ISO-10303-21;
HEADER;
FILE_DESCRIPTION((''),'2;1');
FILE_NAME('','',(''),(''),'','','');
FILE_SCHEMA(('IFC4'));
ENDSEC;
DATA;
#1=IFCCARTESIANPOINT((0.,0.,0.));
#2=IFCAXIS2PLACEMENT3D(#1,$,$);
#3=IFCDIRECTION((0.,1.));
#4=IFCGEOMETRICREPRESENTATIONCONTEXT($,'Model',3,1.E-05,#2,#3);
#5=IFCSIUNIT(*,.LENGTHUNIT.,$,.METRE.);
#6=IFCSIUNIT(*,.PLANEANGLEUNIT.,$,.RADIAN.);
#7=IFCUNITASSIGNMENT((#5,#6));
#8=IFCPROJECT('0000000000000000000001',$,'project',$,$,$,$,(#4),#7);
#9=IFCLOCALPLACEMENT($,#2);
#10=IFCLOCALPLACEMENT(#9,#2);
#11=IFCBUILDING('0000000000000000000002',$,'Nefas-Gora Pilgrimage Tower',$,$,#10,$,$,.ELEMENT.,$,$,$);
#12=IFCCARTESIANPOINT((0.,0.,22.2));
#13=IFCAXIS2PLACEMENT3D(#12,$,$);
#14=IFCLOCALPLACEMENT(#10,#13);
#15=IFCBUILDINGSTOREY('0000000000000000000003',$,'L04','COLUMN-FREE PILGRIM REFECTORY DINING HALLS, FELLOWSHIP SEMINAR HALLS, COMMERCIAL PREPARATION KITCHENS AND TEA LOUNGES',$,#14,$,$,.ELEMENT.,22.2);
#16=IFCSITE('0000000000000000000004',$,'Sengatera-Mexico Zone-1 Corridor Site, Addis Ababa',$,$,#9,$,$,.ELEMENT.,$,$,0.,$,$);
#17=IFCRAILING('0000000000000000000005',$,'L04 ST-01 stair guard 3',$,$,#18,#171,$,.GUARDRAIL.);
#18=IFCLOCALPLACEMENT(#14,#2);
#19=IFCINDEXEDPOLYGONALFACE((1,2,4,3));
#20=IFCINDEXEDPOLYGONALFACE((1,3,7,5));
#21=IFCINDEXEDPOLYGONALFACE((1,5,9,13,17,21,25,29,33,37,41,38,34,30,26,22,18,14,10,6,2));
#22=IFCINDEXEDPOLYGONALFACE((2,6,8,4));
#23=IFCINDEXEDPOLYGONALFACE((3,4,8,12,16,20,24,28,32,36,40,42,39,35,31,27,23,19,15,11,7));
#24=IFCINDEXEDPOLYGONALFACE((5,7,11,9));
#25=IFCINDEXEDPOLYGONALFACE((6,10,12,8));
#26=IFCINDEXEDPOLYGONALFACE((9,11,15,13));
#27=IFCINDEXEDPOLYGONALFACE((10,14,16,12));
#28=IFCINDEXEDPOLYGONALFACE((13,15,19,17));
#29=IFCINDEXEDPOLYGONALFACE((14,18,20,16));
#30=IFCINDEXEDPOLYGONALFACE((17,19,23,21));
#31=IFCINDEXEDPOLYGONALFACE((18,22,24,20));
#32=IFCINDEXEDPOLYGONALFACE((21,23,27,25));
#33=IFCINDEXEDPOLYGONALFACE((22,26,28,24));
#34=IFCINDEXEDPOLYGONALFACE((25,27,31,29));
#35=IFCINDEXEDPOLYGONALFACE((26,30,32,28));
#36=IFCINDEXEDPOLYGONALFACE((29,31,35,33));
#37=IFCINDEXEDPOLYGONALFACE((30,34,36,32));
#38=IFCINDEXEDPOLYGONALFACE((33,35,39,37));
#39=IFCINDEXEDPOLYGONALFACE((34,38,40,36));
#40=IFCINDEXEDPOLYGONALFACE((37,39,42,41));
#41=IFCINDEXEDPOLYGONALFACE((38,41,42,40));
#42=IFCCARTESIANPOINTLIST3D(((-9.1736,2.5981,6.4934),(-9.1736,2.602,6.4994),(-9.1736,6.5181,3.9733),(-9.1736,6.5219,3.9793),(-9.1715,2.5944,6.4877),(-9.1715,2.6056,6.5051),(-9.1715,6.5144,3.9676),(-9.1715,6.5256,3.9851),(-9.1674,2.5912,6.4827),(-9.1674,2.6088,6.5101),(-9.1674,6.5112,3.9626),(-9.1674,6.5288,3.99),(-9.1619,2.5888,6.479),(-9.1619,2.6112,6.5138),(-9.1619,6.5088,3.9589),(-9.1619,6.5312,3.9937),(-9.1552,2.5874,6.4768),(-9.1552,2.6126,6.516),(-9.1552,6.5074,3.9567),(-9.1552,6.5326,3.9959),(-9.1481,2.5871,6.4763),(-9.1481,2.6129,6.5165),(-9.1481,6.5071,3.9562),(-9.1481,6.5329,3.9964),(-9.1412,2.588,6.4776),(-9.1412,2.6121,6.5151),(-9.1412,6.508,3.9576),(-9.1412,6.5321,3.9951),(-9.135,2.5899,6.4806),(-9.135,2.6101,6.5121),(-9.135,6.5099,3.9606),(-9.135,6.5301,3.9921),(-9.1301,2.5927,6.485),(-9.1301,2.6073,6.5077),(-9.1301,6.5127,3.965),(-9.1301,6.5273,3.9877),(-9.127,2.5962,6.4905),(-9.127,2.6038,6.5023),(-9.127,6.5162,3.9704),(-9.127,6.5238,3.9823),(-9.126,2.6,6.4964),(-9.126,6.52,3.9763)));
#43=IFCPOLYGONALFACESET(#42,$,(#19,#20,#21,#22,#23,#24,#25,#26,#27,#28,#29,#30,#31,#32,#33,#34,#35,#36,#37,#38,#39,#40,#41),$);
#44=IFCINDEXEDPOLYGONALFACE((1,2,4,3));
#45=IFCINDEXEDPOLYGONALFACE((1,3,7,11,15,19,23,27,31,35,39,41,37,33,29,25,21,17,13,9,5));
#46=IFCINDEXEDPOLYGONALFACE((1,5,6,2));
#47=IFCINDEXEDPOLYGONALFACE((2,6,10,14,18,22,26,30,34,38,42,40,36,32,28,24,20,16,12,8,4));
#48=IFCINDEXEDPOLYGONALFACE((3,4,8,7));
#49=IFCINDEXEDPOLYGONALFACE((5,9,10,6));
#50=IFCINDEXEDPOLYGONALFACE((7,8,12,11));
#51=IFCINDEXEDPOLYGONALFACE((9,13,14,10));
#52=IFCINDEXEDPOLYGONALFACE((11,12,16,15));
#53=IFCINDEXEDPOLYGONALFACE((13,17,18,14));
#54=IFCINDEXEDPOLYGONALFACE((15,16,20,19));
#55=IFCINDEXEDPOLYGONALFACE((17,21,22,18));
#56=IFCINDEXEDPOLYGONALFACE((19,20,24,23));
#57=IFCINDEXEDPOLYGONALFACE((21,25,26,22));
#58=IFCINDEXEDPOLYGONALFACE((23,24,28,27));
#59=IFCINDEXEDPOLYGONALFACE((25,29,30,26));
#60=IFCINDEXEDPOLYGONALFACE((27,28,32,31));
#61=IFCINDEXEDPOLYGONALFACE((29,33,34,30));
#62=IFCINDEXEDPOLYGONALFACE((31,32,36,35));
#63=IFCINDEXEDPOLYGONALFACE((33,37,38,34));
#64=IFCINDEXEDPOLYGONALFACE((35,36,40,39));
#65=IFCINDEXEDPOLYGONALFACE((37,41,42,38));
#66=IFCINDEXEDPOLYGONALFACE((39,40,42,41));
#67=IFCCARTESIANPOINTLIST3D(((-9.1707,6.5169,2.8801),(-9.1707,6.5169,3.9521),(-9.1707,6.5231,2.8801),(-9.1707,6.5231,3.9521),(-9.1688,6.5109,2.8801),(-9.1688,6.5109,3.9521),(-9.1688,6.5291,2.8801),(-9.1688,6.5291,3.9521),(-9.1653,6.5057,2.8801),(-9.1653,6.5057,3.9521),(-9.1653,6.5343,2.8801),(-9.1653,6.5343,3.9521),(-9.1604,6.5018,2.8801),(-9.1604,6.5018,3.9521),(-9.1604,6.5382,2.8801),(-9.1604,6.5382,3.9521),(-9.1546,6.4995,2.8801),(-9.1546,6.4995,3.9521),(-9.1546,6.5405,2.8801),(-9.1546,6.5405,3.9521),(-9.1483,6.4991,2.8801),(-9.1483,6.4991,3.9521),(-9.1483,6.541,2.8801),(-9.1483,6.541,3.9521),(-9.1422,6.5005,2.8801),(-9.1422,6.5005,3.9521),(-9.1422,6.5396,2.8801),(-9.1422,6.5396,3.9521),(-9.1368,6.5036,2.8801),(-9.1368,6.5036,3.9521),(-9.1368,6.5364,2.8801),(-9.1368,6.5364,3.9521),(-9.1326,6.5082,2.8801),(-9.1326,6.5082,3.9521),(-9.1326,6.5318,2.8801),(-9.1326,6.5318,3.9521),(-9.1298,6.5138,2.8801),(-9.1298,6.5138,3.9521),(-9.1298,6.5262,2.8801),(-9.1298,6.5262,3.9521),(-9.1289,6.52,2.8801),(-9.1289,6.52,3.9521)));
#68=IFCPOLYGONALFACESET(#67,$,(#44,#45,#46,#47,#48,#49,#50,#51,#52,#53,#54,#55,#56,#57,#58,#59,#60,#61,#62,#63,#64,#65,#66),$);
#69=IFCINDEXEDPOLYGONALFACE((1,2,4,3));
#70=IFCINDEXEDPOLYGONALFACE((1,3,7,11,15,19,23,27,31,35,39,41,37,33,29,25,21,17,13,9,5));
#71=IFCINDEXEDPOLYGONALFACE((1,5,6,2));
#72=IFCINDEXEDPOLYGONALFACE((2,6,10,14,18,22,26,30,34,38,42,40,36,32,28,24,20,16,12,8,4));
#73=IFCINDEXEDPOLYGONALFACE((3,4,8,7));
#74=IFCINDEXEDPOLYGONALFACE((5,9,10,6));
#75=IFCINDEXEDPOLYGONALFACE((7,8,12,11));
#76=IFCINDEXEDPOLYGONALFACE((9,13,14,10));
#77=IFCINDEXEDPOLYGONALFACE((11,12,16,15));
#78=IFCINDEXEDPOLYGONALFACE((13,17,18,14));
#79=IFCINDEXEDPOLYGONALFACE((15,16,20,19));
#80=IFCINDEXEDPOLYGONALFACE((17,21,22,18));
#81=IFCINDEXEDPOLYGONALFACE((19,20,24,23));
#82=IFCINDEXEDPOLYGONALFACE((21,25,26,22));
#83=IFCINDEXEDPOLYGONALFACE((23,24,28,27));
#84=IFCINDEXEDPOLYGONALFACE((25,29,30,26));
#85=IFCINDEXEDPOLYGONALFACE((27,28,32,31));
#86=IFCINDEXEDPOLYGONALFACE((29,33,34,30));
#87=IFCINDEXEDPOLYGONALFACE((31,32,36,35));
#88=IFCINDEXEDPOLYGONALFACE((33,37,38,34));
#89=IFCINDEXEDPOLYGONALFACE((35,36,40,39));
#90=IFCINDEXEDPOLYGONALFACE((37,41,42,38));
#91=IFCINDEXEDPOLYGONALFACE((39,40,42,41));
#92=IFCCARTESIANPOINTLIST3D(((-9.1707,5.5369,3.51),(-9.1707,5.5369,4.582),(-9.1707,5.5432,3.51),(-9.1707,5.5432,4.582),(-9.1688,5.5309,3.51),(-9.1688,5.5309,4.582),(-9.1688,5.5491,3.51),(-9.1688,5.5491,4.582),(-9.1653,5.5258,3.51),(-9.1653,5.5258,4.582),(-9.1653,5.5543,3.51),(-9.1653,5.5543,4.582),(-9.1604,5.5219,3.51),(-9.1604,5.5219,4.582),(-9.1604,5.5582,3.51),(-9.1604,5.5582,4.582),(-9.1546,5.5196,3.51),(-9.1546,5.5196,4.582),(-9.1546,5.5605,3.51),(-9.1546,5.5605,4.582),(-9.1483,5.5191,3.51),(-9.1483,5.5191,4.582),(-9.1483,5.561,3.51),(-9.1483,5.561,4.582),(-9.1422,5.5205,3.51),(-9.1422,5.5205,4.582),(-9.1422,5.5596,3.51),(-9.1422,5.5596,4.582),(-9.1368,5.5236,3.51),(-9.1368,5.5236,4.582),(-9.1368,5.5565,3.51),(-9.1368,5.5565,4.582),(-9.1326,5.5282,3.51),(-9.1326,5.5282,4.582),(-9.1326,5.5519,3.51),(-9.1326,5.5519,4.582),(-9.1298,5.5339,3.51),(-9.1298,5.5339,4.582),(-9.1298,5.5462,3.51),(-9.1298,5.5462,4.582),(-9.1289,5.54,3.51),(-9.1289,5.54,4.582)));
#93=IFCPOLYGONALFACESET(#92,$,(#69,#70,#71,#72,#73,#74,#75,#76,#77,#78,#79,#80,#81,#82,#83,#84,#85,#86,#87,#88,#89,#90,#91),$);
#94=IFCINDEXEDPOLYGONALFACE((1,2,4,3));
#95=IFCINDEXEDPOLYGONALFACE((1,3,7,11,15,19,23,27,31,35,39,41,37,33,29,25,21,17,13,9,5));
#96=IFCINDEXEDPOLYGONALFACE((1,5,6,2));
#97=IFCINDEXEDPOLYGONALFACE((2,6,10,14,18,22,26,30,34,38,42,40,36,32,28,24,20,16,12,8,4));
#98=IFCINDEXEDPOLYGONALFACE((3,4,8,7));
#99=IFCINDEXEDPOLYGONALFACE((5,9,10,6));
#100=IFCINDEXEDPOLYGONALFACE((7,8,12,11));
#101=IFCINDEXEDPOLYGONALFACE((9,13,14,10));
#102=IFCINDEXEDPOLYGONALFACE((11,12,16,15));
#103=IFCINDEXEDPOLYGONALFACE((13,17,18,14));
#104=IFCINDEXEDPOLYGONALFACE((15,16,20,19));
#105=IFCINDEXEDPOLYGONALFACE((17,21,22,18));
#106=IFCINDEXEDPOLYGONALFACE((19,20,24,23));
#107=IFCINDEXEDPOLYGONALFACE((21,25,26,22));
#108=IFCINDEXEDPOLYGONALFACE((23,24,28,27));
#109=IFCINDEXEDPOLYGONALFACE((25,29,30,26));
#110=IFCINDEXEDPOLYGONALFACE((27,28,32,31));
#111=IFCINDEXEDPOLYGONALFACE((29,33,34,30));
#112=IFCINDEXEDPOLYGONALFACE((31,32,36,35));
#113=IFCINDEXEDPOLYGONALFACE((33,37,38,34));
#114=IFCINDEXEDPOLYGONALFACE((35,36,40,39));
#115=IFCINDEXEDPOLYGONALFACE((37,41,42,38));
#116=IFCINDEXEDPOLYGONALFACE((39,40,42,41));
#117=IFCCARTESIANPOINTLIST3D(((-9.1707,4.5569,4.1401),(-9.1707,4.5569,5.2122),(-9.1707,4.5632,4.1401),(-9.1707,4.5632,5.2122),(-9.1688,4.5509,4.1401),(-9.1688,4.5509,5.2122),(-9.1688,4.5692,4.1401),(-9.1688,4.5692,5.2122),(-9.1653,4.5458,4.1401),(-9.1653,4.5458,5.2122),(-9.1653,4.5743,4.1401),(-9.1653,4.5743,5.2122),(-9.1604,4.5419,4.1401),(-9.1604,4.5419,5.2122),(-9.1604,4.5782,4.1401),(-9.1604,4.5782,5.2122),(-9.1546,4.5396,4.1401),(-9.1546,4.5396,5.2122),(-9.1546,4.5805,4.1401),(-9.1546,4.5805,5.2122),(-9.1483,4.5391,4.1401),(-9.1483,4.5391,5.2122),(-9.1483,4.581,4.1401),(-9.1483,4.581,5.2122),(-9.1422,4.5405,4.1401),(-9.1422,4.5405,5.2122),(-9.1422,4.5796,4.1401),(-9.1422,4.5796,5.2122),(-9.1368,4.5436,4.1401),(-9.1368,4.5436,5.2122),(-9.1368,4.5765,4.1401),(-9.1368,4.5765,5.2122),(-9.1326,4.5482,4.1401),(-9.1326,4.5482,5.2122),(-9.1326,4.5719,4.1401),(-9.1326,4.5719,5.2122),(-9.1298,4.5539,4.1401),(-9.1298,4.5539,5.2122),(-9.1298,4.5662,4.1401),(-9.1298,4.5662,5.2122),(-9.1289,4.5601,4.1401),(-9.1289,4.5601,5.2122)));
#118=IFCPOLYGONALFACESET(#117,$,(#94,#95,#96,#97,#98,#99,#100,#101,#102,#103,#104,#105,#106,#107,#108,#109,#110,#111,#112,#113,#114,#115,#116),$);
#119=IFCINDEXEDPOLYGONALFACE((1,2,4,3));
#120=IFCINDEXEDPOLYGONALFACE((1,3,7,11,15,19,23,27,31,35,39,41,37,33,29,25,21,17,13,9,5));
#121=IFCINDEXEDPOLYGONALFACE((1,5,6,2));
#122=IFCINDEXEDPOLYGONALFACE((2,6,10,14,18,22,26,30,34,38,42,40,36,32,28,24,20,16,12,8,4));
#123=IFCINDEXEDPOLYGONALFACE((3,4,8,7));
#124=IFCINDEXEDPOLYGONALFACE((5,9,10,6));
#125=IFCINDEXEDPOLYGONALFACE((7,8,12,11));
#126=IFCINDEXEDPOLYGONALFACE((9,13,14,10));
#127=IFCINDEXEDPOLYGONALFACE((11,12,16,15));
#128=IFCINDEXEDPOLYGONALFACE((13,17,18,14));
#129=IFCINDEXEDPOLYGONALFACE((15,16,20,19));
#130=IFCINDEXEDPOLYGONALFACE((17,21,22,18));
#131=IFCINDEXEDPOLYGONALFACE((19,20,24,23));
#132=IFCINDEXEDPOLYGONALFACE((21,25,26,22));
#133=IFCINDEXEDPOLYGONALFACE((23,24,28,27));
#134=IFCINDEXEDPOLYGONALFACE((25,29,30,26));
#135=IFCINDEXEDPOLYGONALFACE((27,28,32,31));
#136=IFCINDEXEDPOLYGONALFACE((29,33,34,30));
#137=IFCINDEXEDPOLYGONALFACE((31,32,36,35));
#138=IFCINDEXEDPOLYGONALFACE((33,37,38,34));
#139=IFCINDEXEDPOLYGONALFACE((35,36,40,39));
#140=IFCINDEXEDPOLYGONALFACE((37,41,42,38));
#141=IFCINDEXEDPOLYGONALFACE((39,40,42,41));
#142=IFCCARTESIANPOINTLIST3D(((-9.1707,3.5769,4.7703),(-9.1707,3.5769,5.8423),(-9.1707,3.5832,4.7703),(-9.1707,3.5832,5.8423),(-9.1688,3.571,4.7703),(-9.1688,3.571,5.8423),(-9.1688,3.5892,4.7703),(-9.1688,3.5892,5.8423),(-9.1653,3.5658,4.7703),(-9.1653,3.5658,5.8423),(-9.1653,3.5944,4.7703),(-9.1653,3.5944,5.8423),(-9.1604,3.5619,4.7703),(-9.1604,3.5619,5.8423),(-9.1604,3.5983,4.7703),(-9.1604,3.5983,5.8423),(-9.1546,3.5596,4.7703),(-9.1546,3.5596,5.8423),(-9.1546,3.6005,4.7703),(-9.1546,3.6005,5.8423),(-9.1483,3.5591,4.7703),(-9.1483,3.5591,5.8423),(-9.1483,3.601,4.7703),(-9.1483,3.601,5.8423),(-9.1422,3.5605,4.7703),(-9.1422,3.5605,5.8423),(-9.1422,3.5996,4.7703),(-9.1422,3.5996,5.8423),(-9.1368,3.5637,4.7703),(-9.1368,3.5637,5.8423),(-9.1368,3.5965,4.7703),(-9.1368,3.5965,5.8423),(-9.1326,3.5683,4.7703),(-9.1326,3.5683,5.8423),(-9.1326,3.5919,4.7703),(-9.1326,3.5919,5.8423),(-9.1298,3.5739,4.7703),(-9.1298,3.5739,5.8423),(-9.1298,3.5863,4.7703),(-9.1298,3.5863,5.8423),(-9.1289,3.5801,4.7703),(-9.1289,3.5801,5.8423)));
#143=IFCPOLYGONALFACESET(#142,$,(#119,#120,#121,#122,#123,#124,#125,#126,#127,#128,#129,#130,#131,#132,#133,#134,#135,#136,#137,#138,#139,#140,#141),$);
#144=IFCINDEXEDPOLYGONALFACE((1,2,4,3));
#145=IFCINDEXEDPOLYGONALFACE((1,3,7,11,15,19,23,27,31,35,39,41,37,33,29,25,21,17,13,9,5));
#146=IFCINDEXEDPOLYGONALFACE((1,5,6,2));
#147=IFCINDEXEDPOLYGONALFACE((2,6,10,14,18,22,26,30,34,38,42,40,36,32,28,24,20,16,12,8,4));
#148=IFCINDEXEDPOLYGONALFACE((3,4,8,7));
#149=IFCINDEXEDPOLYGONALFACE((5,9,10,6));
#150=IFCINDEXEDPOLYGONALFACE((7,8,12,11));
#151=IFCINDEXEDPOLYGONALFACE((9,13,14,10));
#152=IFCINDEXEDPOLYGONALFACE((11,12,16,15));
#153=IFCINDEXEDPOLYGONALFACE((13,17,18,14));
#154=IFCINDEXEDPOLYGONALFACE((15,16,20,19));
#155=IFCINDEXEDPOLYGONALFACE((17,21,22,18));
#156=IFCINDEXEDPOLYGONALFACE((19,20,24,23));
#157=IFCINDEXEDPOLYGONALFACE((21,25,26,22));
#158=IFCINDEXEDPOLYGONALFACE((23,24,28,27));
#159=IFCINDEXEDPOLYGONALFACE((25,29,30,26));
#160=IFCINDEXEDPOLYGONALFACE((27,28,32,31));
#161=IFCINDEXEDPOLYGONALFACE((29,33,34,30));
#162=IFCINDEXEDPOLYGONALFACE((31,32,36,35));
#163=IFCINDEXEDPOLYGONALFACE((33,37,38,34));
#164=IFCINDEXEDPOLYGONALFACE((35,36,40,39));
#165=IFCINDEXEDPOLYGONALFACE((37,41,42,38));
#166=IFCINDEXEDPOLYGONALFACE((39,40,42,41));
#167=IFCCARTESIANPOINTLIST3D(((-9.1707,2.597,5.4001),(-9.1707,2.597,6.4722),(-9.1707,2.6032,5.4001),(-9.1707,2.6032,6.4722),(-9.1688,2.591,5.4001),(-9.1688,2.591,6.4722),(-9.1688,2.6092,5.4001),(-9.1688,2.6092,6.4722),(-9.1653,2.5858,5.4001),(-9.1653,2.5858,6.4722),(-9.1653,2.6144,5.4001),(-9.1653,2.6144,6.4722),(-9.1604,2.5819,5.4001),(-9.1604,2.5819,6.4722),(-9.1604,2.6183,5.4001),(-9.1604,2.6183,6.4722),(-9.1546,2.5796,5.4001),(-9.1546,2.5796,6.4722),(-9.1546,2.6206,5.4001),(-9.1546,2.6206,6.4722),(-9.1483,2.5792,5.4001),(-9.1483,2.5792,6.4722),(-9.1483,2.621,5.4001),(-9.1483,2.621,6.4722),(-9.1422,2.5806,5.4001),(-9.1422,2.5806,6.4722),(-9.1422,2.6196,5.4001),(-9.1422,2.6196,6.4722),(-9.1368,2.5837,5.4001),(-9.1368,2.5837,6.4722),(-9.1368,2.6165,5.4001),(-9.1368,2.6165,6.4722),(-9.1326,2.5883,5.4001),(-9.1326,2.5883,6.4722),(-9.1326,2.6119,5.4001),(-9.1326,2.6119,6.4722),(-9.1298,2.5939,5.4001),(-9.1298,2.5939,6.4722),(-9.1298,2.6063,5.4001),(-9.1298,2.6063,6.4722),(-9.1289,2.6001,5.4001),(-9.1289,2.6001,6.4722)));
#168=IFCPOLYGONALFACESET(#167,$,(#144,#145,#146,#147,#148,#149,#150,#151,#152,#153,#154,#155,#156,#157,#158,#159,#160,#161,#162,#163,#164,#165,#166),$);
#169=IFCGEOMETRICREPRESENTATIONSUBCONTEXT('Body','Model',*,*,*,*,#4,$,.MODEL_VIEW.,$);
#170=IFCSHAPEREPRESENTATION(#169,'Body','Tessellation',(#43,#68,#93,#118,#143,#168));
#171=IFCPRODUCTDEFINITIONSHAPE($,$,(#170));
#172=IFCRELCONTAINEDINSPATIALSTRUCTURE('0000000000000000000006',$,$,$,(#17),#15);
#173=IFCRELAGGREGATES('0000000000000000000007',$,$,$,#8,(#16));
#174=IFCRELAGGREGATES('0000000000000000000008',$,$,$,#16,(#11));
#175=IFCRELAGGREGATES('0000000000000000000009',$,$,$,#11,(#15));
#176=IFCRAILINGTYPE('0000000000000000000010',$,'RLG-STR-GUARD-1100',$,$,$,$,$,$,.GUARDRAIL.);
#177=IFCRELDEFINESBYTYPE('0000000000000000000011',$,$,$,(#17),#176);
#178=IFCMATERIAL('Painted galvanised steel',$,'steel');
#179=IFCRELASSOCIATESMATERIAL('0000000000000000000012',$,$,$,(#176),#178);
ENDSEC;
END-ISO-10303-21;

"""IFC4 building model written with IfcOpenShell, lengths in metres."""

from ifc_helpers import new_model, si_unit, direction, frame, origin, origin_2d, place, context, subcontext, project, spatial, circle, extrude, material, type_object, element, save


model = new_model("IFC4")

# Units and contexts
model_context = context("Model", 3, precision=1e-05, world=origin(), true_north=direction((0.0, 1.0)))
body_context = subcontext(model_context, "Body", "Model", "MODEL_VIEW")
ifc_project = project(units=[si_unit("LENGTHUNIT", "METRE"), si_unit("PLANEANGLEUNIT", "RADIAN")], contexts=[model_context])

# Site, building, storey
site_placement = place(None, origin())
site = spatial("IfcSite", under=ifc_project, at=site_placement, Name="Sengatera-Mexico Zone-1 Corridor Site, Addis Ababa", CompositionType="ELEMENT", RefElevation=0.0)
building_placement = place(site_placement, origin())
building = spatial("IfcBuilding", under=site, at=building_placement, Name="Nefas-Gora Pilgrimage Tower", CompositionType="ELEMENT")
storey_placement = place(building_placement, frame((0.0, 0.0, 22.2)))
storey = spatial("IfcBuildingStorey", under=building, at=storey_placement, Name="L04", Description="COLUMN-FREE PILGRIM REFECTORY DINING HALLS, FELLOWSHIP SEMINAR HALLS, COMMERCIAL PREPARATION KITCHENS AND TEA LOUNGES", CompositionType="ELEMENT", Elevation=22.2)

# Railing
ifc_material_1 = material(Name="Painted galvanised steel", Category="steel")
railing_type_1 = type_object("IfcRailingType", Name="RLG-STR-GUARD-1100", PredefinedType="GUARDRAIL", material=ifc_material_1)
railing_1_placement = place(storey_placement, frame((-9.1499, 6.52, 2.8801)))
element("IfcRailing", 1, at=railing_1_placement, inside=storey, type_object=railing_type_1, Name="L04 ST-01 stair guard 3", PredefinedType="GUARDRAIL", context=body_context, shape_type="SweptSolid", body=[
    extrude(circle(Radius=0.0239, at=origin_2d()), frame((0.0, 0.0, 1.0962), z_axis=(0.0, -0.841172, 0.540768), x_axis=(1.0, 0.0, 0.0)), (0.0, 0.0, 1.0), 4.6602),
    extrude(circle(Radius=0.021, at=origin_2d()), origin(), (0.0, 0.0, 1.0), 1.072),
    extrude(circle(Radius=0.021, at=origin_2d()), frame((0.0, -0.98, 0.6299)), (0.0, 0.0, 1.0), 1.072),
    extrude(circle(Radius=0.021, at=origin_2d()), frame((0.0, -1.96, 1.26)), (0.0, 0.0, 1.0), 1.072),
    extrude(circle(Radius=0.021, at=origin_2d()), frame((0.0, -2.9399, 1.8901)), (0.0, 0.0, 1.0), 1.072),
    extrude(circle(Radius=0.021, at=origin_2d()), frame((0.0, -3.9199, 2.52)), (0.0, 0.0, 1.0), 1.072),
])

save(model, "model.ifc")
